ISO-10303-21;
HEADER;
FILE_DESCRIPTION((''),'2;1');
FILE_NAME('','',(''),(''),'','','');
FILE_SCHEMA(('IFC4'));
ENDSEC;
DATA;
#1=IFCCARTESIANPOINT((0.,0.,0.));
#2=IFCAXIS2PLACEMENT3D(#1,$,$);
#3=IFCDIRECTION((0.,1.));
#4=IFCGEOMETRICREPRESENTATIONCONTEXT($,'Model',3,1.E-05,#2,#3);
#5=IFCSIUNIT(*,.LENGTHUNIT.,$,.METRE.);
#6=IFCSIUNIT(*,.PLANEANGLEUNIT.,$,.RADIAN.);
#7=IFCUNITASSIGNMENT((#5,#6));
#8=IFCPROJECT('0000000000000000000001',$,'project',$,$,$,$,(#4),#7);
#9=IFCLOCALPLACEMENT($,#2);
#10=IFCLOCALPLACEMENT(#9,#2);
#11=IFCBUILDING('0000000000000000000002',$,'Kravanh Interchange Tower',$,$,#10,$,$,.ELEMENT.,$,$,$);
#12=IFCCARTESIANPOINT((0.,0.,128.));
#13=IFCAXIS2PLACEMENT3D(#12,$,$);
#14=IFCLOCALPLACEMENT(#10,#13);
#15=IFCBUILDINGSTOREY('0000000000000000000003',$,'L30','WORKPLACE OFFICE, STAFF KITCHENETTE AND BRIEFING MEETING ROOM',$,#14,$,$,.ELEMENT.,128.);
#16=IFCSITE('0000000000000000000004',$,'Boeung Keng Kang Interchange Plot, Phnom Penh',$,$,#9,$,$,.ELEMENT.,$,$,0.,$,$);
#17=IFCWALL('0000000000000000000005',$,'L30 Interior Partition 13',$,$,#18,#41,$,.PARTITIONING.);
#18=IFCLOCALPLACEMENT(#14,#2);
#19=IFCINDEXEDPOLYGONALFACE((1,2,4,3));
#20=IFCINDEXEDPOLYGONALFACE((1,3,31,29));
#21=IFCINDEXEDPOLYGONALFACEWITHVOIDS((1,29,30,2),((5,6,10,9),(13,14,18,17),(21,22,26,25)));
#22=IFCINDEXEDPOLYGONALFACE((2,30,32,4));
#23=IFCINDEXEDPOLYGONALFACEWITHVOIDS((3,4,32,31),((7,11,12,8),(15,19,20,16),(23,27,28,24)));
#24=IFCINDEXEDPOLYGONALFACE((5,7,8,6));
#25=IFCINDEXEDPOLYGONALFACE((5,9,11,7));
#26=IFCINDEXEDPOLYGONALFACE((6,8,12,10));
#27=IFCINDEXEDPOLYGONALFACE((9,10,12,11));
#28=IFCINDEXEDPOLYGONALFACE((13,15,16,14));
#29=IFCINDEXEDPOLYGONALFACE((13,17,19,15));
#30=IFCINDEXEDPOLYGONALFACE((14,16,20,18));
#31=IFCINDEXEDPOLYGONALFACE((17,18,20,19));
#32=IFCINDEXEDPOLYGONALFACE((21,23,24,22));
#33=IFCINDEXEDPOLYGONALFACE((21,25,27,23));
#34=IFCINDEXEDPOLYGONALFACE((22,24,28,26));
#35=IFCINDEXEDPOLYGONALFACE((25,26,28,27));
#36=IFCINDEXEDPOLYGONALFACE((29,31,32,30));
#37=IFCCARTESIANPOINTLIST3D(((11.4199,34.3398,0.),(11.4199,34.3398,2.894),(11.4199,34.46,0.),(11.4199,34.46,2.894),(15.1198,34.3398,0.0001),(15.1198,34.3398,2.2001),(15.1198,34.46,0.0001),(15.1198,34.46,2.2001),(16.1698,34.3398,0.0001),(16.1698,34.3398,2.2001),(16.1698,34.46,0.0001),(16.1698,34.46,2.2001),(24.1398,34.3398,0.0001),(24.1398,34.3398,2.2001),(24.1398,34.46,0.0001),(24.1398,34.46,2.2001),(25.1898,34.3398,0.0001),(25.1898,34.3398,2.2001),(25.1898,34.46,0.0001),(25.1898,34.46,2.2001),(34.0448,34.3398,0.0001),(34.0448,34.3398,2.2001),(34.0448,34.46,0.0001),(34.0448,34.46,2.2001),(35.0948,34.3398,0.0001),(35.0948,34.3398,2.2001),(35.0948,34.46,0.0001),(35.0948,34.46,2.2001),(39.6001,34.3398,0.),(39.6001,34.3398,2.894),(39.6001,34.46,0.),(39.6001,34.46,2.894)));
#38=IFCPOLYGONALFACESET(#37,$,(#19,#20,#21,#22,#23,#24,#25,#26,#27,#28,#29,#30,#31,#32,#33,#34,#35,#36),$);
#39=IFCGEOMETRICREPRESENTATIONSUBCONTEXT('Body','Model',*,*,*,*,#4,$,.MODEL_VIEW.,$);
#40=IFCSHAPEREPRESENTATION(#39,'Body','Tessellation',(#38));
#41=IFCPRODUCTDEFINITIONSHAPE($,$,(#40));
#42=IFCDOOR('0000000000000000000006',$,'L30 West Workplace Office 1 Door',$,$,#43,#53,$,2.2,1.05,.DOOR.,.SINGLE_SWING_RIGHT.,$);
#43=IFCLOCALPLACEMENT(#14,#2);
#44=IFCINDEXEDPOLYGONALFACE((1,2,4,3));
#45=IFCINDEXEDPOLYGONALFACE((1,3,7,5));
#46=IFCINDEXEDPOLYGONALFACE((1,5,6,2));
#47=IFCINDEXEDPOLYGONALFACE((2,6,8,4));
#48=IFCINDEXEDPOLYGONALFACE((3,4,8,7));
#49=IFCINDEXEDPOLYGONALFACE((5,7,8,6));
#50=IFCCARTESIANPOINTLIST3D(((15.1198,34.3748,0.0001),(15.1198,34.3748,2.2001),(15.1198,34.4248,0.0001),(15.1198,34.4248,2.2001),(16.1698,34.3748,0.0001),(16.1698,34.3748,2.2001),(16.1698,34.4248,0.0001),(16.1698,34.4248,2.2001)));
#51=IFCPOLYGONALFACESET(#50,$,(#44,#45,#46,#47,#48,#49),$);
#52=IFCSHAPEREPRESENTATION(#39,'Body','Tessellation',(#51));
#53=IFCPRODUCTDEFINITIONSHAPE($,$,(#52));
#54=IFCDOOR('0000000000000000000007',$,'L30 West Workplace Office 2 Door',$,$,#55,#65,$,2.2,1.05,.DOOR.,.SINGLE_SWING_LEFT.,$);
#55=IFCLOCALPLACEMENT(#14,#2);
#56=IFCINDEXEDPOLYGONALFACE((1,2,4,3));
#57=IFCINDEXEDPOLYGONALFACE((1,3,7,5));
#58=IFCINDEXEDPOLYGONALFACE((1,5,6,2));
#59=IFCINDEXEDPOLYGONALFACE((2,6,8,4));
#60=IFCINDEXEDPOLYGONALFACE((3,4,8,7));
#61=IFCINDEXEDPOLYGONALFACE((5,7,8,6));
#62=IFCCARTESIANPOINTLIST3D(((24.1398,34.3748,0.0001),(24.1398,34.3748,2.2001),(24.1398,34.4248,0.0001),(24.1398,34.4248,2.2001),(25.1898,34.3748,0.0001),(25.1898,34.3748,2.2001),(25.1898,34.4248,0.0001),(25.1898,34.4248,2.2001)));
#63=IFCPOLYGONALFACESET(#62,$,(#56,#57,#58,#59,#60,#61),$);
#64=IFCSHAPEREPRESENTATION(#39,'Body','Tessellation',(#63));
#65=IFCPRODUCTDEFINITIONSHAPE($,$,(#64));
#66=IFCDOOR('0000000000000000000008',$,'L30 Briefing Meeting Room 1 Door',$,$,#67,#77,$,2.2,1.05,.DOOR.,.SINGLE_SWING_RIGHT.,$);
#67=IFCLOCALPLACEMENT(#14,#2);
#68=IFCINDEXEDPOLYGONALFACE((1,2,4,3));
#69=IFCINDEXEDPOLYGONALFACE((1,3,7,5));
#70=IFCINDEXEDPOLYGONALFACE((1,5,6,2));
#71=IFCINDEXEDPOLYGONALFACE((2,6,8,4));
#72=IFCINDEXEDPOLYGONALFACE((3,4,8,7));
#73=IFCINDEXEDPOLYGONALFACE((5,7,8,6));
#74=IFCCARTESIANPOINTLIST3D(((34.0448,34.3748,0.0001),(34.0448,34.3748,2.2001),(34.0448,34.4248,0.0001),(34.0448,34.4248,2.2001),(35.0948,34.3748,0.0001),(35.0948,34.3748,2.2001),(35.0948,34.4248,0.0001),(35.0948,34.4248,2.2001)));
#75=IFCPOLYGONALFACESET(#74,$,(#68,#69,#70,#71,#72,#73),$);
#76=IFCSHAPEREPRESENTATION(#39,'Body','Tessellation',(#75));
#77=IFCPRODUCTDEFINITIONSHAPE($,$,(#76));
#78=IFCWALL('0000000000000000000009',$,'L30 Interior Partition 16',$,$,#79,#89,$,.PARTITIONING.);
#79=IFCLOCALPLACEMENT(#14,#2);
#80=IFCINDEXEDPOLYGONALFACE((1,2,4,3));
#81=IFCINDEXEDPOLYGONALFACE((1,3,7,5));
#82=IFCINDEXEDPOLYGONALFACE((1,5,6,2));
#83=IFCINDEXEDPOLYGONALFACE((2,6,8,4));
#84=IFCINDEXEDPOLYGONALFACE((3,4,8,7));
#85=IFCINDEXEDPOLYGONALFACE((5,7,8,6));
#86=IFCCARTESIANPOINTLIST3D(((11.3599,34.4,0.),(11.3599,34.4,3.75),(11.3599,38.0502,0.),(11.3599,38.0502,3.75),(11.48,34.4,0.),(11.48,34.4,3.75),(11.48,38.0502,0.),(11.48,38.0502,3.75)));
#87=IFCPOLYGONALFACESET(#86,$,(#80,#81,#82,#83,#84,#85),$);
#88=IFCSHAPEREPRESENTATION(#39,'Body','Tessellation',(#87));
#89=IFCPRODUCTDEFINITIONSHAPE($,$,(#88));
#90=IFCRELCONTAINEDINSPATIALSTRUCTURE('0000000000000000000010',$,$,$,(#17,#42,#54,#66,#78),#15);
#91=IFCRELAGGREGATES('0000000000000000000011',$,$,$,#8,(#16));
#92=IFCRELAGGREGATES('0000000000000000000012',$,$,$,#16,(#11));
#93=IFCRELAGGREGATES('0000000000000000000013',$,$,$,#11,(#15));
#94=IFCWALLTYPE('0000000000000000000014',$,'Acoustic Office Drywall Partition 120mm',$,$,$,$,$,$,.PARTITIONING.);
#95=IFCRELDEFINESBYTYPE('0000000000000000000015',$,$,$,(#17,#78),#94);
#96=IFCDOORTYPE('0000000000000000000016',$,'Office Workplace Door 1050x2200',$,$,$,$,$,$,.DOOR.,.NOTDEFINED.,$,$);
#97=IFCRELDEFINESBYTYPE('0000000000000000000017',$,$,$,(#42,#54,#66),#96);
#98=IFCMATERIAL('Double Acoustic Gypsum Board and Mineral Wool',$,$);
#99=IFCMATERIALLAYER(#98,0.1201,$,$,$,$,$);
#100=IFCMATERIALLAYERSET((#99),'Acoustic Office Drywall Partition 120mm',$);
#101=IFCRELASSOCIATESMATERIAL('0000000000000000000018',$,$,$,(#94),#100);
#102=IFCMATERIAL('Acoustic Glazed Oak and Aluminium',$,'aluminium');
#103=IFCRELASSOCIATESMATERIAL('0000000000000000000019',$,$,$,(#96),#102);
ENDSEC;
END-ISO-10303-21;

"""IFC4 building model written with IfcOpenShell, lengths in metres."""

from ifc_helpers import new_model, si_unit, direction, frame, frame_2d, origin, place, context, subcontext, project, spatial, rectangle, extrude, material, layer, layer_set, type_object, element, fill, save


model = new_model("IFC4")

# Units and contexts
model_context = context("Model", 3, precision=1e-05, world=origin(), true_north=direction((0.0, 1.0)))
body_context = subcontext(model_context, "Body", "Model", "MODEL_VIEW")
ifc_project = project(units=[si_unit("LENGTHUNIT", "METRE"), si_unit("PLANEANGLEUNIT", "RADIAN")], contexts=[model_context])

# Site, building, storey
site_placement = place(None, origin())
site = spatial("IfcSite", under=ifc_project, at=site_placement, Name="Boeung Keng Kang Interchange Plot, Phnom Penh", CompositionType="ELEMENT", RefElevation=0.0)
building_placement = place(site_placement, origin())
building = spatial("IfcBuilding", under=site, at=building_placement, Name="Kravanh Interchange Tower", CompositionType="ELEMENT")
storey_placement = place(building_placement, frame((0.0, 0.0, 128.0)))
storey = spatial("IfcBuildingStorey", under=building, at=storey_placement, Name="L30", Description="WORKPLACE OFFICE, STAFF KITCHENETTE AND BRIEFING MEETING ROOM", CompositionType="ELEMENT", Elevation=128.0)

# Wall, openings, doors
ifc_material_1 = material(Name="Double Acoustic Gypsum Board and Mineral Wool")
ifc_layer_1 = layer(ifc_material_1, 0.1201)
ifc_layer_set_1 = layer_set([ifc_layer_1], Name="Acoustic Office Drywall Partition 120mm")
wall_type = type_object("IfcWallType", Name="Acoustic Office Drywall Partition 120mm", PredefinedType="PARTITIONING", material=ifc_layer_set_1)
wall_1_placement = place(storey_placement, frame((11.4199, 34.3999, 0.0), z_axis=(0.0, 0.0, 1.0), x_axis=(1.0, 0.0, 0.0)))
wall_1 = element("IfcWall", 1, at=wall_1_placement, inside=storey, type_object=wall_type, Name="L30 Interior Partition 13", PredefinedType="PARTITIONING", context=body_context, shape_type="SweptSolid", body=[
    extrude(rectangle(XDim=28.1802, YDim=0.1201, at=frame_2d((14.0901, 0.0))), origin(), (0.0, 0.0, 1.0), 2.894),
])
opening_1_placement = place(wall_1_placement, frame((3.7, 0.0, 0.0)))
opening_1 = element("IfcOpeningElement", 2, at=opening_1_placement, cuts=wall_1, PredefinedType="OPENING", context=body_context, shape_type="SweptSolid", body=[
    extrude(rectangle(XDim=1.05, YDim=2.2, at=frame_2d((0.5249, 1.1001))), frame((0.0, 0.0701, 0.0), z_axis=(0.0, -1.0, 0.0), x_axis=(1.0, 0.0, 0.0)), (0.0, 0.0, 1.0), 0.1401),
])
opening_2_placement = place(wall_1_placement, frame((12.72, 0.0, 0.0)))
opening_2 = element("IfcOpeningElement", 3, at=opening_2_placement, cuts=wall_1, PredefinedType="OPENING", context=body_context, shape_type="SweptSolid", body=[
    extrude(rectangle(XDim=1.05, YDim=2.2, at=frame_2d((0.5249, 1.1001))), frame((0.0, 0.0701, 0.0), z_axis=(0.0, -1.0, 0.0), x_axis=(1.0, 0.0, 0.0)), (0.0, 0.0, 1.0), 0.1401),
])
opening_3_placement = place(wall_1_placement, frame((22.625, 0.0, 0.0)))
opening_3 = element("IfcOpeningElement", 4, at=opening_3_placement, cuts=wall_1, PredefinedType="OPENING", context=body_context, shape_type="SweptSolid", body=[
    extrude(rectangle(XDim=1.05, YDim=2.2, at=frame_2d((0.5249, 1.1001))), frame((0.0, 0.0701, 0.0), z_axis=(0.0, -1.0, 0.0), x_axis=(1.0, 0.0, 0.0)), (0.0, 0.0, 1.0), 0.1401),
])
ifc_material_2 = material(Name="Acoustic Glazed Oak and Aluminium", Category="aluminium")
door_type = type_object("IfcDoorType", Name="Office Workplace Door 1050x2200", OperationType="NOTDEFINED", PredefinedType="DOOR", material=ifc_material_2)
door_1_placement = place(opening_1_placement, origin())
door_1 = element("IfcDoor", 5, at=door_1_placement, inside=storey, type_object=door_type, Name="L30 West Workplace Office 1 Door", OperationType="SINGLE_SWING_RIGHT", OverallHeight=2.2, OverallWidth=1.05, PredefinedType="DOOR", context=body_context, shape_type="SweptSolid", body=[
    extrude(rectangle(XDim=1.05, YDim=2.2, at=frame_2d((0.5249, 1.1001))), frame((0.0, 0.0249, 0.0), z_axis=(0.0, -1.0, 0.0), x_axis=(1.0, 0.0, 0.0)), (0.0, 0.0, 1.0), 0.05),
])
fill(opening_1, door_1)
door_2_placement = place(opening_2_placement, origin())
door_2 = element("IfcDoor", 6, at=door_2_placement, inside=storey, type_object=door_type, Name="L30 West Workplace Office 2 Door", OperationType="SINGLE_SWING_LEFT", OverallHeight=2.2, OverallWidth=1.05, PredefinedType="DOOR", context=body_context, shape_type="SweptSolid", body=[
    extrude(rectangle(XDim=1.05, YDim=2.2, at=frame_2d((0.5249, 1.1001))), frame((0.0, 0.0249, 0.0), z_axis=(0.0, -1.0, 0.0), x_axis=(1.0, 0.0, 0.0)), (0.0, 0.0, 1.0), 0.05),
])
fill(opening_2, door_2)
door_3_placement = place(opening_3_placement, origin())
door_3 = element("IfcDoor", 7, at=door_3_placement, inside=storey, type_object=door_type, Name="L30 Briefing Meeting Room 1 Door", OperationType="SINGLE_SWING_RIGHT", OverallHeight=2.2, OverallWidth=1.05, PredefinedType="DOOR", context=body_context, shape_type="SweptSolid", body=[
    extrude(rectangle(XDim=1.05, YDim=2.2, at=frame_2d((0.5249, 1.1001))), frame((0.0, 0.0249, 0.0), z_axis=(0.0, -1.0, 0.0), x_axis=(1.0, 0.0, 0.0)), (0.0, 0.0, 1.0), 0.05),
])
fill(opening_3, door_3)

# Wall
wall_2_placement = place(storey_placement, frame((11.4199, 34.3999, 0.0), z_axis=(0.0, 0.0, 1.0), x_axis=(0.0, 1.0, 0.0)))
element("IfcWall", 8, at=wall_2_placement, inside=storey, type_object=wall_type, Name="L30 Interior Partition 16", PredefinedType="PARTITIONING", context=body_context, shape_type="SweptSolid", body=[
    extrude(rectangle(XDim=3.6501, YDim=0.1201, at=frame_2d((1.8252, 0.0))), origin(), (0.0, 0.0, 1.0), 3.75),
])

save(model, "model.ifc")
